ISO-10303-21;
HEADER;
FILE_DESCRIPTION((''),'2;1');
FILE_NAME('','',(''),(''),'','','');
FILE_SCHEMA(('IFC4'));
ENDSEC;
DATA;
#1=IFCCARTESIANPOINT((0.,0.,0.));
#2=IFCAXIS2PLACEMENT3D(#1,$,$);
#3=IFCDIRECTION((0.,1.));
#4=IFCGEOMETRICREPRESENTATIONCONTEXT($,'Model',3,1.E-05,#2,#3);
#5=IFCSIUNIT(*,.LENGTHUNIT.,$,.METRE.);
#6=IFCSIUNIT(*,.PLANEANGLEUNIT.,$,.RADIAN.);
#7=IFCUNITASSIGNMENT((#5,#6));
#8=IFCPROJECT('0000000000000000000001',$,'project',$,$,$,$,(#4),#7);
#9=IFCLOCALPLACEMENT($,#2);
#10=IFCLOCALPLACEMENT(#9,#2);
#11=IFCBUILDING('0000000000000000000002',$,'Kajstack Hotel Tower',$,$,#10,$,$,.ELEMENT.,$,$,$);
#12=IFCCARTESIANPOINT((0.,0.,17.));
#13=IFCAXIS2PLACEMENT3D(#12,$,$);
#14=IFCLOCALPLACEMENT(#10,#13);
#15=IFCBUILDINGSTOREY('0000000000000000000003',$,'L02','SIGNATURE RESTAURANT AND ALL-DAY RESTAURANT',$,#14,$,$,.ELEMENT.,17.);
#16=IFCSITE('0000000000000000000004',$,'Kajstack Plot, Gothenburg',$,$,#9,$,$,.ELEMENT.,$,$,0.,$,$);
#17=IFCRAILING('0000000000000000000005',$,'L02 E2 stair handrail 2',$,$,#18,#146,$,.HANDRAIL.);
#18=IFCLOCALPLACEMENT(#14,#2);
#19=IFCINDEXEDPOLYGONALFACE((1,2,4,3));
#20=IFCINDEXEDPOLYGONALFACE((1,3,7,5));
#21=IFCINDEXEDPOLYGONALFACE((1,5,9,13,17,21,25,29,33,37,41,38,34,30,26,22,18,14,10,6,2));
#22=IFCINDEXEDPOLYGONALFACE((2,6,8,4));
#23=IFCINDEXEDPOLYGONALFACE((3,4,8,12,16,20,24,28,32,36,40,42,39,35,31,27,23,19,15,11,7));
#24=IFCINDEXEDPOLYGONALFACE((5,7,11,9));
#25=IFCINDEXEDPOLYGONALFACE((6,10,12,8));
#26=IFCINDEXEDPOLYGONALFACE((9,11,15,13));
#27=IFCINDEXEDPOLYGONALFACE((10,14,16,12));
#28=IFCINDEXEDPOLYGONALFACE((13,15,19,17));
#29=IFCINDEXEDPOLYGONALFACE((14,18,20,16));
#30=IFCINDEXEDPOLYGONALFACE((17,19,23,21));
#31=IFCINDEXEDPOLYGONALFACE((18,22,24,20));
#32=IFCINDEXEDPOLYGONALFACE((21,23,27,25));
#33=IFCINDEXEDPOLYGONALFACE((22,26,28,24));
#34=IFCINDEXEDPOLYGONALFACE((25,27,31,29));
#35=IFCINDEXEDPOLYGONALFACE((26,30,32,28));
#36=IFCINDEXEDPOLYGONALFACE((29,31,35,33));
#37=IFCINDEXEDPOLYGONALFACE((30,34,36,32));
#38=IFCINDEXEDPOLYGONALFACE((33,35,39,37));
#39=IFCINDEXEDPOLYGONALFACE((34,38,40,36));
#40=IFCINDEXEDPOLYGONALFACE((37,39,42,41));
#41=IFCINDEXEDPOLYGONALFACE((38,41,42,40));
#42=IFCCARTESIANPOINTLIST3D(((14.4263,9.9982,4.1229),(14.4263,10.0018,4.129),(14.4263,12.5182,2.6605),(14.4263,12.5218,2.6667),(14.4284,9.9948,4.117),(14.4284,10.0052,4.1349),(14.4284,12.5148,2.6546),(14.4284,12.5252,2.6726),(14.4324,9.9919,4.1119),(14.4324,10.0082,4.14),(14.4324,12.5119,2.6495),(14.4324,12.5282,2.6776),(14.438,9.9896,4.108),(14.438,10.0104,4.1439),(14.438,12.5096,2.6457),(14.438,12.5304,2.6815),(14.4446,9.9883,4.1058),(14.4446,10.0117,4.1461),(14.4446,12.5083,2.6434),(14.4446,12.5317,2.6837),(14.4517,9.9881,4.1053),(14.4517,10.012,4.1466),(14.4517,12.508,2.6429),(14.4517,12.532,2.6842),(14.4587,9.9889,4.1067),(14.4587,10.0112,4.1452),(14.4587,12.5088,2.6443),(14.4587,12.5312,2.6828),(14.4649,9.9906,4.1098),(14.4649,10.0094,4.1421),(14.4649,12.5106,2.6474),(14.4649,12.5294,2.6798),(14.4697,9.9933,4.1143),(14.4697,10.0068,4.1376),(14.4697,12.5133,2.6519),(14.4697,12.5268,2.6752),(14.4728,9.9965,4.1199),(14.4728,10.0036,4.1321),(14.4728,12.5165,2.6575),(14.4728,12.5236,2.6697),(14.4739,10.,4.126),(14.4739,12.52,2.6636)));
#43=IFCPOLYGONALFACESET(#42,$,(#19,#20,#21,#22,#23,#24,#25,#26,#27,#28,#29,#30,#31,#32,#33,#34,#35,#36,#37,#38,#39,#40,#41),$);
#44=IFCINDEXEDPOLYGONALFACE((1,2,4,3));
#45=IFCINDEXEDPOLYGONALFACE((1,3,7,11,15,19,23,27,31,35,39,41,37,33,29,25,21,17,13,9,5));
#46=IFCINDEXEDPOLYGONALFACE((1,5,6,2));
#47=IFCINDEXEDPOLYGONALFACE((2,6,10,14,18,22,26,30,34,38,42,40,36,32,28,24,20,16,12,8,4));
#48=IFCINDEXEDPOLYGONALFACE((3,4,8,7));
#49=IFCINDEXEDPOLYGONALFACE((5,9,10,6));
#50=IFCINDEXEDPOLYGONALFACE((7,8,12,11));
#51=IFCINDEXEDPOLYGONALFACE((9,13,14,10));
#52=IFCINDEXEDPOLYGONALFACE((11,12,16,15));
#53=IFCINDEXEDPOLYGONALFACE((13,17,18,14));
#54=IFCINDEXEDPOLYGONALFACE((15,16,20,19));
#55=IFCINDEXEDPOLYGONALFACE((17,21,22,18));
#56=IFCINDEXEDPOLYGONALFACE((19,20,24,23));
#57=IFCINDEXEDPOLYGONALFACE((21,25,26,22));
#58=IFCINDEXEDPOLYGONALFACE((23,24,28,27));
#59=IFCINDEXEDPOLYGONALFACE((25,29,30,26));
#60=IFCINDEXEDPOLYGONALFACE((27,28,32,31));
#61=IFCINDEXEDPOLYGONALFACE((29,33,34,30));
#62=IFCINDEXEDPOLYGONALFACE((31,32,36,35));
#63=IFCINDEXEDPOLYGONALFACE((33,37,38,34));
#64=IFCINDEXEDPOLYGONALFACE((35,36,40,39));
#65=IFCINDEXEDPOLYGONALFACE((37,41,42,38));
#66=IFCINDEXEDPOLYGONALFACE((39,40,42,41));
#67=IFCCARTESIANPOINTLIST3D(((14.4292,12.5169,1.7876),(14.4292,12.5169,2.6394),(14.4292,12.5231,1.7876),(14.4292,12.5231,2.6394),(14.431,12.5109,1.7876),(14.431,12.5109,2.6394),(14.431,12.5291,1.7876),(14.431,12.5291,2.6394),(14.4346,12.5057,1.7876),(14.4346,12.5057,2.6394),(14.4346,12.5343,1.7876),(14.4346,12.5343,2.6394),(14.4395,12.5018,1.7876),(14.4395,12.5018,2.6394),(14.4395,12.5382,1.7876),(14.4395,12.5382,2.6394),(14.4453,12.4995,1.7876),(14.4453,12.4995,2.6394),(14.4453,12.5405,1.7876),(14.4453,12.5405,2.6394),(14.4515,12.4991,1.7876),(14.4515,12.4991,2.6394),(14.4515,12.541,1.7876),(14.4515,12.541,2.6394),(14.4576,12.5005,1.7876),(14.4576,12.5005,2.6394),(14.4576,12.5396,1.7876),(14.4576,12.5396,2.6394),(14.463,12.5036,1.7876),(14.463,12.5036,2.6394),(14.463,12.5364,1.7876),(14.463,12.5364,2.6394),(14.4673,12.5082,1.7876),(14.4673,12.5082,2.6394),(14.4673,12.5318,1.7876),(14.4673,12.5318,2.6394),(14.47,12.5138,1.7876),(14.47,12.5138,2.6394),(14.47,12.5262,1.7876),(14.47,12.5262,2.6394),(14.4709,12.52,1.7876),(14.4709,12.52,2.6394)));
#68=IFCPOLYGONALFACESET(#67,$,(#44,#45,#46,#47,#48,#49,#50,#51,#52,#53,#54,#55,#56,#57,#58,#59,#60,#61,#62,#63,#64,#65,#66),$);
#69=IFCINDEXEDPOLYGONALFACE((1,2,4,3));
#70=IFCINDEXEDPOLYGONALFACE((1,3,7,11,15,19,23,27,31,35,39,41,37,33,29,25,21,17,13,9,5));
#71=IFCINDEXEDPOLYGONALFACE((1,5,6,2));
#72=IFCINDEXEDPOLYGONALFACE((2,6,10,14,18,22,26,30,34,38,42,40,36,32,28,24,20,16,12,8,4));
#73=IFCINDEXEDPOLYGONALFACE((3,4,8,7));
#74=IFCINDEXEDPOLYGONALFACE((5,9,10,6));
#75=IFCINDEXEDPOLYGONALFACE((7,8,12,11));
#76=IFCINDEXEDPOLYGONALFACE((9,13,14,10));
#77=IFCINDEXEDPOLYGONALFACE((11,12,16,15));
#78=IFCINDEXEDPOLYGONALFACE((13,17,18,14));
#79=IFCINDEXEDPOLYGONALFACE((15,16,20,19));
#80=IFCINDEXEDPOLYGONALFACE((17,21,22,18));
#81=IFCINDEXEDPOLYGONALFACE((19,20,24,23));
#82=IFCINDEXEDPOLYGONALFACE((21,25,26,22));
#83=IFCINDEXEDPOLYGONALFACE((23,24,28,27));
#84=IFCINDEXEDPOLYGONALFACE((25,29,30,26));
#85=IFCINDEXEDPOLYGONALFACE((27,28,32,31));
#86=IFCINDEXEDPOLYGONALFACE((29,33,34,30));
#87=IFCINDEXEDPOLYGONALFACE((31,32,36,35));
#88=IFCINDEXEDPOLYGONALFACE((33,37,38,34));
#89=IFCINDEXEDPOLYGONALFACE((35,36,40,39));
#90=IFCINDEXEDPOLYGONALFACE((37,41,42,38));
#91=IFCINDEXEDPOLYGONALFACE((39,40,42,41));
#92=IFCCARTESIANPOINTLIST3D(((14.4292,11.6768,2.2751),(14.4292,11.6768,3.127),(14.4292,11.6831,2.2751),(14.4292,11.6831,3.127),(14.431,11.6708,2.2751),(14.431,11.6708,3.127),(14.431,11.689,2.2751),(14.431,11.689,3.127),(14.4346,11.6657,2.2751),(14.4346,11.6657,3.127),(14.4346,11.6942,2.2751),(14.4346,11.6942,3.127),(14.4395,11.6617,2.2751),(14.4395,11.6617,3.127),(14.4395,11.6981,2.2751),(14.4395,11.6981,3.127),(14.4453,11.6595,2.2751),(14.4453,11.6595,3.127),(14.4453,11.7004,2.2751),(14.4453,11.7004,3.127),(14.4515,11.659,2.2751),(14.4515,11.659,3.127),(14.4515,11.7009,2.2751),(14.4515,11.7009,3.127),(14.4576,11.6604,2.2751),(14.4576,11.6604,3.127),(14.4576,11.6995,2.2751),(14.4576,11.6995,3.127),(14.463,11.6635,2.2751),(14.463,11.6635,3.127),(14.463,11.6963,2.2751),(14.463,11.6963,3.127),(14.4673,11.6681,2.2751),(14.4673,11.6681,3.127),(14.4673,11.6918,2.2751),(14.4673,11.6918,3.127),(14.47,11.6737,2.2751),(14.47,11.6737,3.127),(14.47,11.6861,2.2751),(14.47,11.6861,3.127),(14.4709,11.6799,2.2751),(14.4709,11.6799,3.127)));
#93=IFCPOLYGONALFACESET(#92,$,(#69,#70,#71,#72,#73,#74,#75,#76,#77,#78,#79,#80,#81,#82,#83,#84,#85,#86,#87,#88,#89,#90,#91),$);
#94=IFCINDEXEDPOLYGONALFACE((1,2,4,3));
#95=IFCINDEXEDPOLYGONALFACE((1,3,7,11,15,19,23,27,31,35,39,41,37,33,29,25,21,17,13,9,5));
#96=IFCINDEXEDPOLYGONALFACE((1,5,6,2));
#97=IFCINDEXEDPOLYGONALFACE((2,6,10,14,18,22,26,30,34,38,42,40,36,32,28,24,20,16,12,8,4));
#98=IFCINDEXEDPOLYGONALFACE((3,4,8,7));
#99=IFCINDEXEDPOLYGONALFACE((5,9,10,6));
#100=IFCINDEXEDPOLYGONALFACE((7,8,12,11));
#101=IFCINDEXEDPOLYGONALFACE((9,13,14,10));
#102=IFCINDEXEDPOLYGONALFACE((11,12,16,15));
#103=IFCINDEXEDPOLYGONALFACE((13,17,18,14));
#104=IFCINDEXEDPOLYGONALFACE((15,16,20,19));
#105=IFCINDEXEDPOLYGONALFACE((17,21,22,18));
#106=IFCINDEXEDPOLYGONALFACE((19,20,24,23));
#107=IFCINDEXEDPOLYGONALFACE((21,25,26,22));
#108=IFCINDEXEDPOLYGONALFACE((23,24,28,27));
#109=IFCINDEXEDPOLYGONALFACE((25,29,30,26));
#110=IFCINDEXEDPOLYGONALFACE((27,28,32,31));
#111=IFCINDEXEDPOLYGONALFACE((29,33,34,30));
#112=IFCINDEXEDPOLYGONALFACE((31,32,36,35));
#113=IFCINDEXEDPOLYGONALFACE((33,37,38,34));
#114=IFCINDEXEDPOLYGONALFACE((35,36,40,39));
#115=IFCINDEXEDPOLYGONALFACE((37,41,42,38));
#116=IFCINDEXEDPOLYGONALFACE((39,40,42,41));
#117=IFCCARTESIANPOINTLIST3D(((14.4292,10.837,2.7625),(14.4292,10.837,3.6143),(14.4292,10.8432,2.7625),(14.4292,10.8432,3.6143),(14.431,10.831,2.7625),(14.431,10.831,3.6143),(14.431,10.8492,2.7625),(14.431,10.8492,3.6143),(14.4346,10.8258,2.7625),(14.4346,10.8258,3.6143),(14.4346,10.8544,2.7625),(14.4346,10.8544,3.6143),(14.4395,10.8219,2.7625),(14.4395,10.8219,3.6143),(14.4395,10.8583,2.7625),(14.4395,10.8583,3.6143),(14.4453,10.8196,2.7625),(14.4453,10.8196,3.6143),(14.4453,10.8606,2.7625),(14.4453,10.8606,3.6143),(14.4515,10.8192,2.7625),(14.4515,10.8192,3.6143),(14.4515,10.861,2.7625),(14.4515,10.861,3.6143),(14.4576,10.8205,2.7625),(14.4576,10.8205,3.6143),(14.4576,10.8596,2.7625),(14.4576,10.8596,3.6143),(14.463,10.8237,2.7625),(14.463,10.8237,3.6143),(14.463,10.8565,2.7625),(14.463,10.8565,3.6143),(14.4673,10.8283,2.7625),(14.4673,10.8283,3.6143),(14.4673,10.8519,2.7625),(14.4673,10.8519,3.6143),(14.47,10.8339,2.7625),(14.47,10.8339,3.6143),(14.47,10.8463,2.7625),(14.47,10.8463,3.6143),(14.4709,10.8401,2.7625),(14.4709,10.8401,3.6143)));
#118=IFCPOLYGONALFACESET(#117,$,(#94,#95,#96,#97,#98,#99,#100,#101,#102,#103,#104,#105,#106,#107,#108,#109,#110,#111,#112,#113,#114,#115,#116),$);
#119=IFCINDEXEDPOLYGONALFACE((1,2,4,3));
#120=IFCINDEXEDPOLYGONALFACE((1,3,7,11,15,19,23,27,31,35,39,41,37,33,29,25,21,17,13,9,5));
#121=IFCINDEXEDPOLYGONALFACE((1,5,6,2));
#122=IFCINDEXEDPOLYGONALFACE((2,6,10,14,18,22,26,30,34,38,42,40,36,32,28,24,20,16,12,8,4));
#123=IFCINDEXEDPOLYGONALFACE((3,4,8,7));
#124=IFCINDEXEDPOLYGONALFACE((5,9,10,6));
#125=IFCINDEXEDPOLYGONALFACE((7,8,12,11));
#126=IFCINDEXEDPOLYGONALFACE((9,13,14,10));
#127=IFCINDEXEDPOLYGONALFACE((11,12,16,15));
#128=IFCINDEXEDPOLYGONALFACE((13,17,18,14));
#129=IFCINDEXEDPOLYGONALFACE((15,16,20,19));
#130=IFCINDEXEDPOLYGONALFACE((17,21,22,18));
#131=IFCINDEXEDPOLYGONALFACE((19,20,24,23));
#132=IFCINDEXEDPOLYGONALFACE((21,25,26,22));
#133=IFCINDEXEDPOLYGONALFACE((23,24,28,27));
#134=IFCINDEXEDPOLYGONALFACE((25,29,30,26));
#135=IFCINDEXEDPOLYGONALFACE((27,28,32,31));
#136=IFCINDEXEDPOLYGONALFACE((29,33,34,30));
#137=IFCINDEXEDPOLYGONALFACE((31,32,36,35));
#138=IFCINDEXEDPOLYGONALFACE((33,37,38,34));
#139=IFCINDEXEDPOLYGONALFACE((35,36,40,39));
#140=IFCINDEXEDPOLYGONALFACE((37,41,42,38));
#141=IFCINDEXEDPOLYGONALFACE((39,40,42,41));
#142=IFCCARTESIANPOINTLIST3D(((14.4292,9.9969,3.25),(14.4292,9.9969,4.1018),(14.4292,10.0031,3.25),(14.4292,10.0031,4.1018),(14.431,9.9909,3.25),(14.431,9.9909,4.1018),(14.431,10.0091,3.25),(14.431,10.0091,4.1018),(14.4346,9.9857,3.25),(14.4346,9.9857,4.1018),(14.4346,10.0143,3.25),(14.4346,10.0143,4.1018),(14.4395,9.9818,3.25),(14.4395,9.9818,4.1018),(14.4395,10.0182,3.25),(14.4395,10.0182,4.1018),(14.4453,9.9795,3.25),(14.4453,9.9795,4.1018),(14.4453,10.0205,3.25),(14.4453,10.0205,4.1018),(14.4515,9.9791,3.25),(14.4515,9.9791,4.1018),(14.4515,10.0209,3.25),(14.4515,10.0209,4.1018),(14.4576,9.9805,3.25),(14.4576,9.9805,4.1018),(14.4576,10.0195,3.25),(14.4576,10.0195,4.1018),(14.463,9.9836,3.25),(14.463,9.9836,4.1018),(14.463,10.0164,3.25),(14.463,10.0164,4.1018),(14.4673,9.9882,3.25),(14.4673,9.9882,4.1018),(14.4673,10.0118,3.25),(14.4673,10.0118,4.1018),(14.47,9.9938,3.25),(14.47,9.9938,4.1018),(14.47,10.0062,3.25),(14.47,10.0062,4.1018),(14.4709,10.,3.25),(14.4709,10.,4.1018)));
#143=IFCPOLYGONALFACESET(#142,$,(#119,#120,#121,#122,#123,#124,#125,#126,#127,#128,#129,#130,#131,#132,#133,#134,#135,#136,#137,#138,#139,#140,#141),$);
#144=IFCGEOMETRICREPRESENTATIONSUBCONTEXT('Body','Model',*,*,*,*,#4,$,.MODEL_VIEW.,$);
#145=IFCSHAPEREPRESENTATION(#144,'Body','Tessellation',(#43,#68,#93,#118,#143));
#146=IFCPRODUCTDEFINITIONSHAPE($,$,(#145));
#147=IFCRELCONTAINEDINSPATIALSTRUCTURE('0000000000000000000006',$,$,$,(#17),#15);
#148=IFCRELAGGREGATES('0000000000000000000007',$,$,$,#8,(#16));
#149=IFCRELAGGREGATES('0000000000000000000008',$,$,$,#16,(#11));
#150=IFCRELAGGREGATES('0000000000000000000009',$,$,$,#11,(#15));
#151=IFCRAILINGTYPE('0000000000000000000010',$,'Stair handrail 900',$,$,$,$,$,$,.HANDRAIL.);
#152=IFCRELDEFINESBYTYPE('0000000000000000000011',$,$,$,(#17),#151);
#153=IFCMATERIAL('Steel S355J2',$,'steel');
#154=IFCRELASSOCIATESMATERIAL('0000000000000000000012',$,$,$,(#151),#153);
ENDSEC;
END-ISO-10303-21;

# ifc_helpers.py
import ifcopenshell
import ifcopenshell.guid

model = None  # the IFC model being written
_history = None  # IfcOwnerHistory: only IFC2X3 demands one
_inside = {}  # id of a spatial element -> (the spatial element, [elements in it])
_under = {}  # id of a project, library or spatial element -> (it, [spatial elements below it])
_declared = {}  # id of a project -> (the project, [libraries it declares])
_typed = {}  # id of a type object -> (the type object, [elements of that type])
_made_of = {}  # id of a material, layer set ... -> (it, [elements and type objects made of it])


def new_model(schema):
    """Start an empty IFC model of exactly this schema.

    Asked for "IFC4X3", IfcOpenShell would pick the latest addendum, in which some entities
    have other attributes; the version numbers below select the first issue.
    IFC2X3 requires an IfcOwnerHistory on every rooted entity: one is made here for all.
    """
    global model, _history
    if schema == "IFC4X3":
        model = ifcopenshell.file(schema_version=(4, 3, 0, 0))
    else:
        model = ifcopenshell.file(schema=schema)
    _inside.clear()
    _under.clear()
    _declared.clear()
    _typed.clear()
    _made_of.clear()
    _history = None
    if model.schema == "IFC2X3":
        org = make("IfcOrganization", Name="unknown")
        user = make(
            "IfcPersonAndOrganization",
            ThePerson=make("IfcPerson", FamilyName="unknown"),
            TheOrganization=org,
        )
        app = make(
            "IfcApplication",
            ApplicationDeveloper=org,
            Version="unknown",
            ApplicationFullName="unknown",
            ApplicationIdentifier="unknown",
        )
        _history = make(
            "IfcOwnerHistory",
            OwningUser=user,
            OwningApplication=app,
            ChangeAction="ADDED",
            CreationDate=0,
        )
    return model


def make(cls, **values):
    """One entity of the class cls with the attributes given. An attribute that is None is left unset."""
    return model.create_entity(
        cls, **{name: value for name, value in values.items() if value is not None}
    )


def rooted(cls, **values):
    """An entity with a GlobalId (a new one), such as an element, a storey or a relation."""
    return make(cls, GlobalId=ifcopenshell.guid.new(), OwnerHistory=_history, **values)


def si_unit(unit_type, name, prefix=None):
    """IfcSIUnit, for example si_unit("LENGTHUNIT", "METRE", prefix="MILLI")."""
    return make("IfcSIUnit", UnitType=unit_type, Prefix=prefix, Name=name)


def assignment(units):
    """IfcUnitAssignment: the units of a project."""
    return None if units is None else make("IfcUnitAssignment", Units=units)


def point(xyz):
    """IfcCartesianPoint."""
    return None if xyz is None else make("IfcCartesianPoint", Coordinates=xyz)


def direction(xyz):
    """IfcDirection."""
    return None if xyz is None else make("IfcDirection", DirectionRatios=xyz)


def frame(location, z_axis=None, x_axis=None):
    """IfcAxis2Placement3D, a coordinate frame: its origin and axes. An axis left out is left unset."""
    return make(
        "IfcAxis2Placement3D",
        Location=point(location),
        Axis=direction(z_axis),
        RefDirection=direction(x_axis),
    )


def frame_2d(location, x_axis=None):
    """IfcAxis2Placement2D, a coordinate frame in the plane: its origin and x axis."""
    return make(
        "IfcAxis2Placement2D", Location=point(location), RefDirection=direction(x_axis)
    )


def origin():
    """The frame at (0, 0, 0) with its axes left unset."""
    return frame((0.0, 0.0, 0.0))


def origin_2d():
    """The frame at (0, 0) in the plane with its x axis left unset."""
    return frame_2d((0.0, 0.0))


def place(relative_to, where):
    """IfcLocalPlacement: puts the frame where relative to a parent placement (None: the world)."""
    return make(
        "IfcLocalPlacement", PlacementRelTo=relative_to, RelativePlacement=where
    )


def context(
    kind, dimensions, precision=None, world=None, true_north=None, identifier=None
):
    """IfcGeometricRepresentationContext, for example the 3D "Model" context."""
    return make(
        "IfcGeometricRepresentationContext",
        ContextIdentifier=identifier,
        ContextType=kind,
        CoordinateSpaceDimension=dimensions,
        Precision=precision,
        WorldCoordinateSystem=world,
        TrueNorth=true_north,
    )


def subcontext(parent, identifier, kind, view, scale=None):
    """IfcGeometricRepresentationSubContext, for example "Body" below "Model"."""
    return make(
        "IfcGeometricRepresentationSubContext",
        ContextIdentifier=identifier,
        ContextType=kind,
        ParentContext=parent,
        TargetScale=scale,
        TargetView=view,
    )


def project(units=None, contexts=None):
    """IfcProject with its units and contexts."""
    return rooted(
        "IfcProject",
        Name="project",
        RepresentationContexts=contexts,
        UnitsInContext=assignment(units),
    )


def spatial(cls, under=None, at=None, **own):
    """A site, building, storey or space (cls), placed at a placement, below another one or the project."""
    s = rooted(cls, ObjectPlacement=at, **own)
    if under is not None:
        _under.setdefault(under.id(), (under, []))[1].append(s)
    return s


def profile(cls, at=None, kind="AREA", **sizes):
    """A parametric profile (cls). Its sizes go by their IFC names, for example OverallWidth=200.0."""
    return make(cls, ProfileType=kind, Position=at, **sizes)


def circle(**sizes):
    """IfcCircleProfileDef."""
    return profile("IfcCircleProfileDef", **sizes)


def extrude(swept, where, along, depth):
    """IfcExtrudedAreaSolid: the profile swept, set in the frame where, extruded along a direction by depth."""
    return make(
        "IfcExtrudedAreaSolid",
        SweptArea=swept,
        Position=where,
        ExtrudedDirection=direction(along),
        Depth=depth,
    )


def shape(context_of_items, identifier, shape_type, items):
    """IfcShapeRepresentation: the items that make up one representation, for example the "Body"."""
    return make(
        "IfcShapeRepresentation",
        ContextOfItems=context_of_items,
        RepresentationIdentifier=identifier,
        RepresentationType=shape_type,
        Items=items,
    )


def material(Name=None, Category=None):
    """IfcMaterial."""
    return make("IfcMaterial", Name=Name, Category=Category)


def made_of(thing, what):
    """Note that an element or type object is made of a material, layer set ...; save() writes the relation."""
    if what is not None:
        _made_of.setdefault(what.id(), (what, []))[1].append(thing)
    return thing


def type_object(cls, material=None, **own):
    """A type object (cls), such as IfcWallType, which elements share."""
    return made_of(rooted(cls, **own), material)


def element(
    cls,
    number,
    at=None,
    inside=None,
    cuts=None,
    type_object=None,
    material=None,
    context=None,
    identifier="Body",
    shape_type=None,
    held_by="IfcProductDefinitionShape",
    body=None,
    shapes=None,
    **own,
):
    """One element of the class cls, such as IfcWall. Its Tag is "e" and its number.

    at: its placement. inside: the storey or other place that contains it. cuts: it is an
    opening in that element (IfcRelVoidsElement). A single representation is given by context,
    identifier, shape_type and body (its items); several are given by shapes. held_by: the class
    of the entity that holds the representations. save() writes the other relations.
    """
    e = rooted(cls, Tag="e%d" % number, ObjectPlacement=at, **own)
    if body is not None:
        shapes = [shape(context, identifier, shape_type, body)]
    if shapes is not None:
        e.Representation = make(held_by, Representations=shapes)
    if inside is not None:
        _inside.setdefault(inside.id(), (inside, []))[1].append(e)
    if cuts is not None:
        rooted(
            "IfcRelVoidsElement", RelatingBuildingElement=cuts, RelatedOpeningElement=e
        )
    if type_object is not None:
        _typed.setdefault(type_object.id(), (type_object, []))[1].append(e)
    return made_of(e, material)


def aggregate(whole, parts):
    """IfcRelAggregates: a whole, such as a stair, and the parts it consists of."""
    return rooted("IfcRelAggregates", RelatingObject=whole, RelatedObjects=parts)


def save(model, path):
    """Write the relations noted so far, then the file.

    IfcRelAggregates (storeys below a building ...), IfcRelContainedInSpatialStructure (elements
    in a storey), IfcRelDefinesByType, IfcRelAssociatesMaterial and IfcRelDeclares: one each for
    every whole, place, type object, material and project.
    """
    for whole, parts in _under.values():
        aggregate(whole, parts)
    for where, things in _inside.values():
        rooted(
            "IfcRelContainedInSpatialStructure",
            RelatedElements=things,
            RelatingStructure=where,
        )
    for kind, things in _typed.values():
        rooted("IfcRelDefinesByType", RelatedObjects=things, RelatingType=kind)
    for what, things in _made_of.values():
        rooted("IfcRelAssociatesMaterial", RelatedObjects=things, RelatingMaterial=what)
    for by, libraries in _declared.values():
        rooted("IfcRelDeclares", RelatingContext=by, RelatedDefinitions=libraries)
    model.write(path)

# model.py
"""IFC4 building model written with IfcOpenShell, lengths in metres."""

from ifc_helpers import new_model, si_unit, direction, frame, origin, origin_2d, place, context, subcontext, project, spatial, circle, extrude, material, type_object, element, save


model = new_model("IFC4")

# Units and contexts
model_context = context("Model", 3, precision=1e-05, world=origin(), true_north=direction((0.0, 1.0)))
body_context = subcontext(model_context, "Body", "Model", "MODEL_VIEW")
ifc_project = project(units=[si_unit("LENGTHUNIT", "METRE"), si_unit("PLANEANGLEUNIT", "RADIAN")], contexts=[model_context])

# Site, building, storey
site_placement = place(None, origin())
site = spatial("IfcSite", under=ifc_project, at=site_placement, Name="Kajstack Plot, Gothenburg", CompositionType="ELEMENT", RefElevation=0.0)
building_placement = place(site_placement, origin())
building = spatial("IfcBuilding", under=site, at=building_placement, Name="Kajstack Hotel Tower", CompositionType="ELEMENT")
storey_placement = place(building_placement, frame((0.0, 0.0, 17.0)))
storey = spatial("IfcBuildingStorey", under=building, at=storey_placement, Name="L02", Description="SIGNATURE RESTAURANT AND ALL-DAY RESTAURANT", CompositionType="ELEMENT", Elevation=17.0)

# Railing
ifc_material_1 = material(Name="Steel S355J2", Category="steel")
railing_type_1 = type_object("IfcRailingType", Name="Stair handrail 900", PredefinedType="HANDRAIL", material=ifc_material_1)
railing_1_placement = place(storey_placement, frame((14.45, 12.52, 1.7876)))
element("IfcRailing", 1, at=railing_1_placement, inside=storey, type_object=railing_type_1, Name="L02 E2 stair handrail 2", PredefinedType="HANDRAIL", context=body_context, shape_type="SweptSolid", body=[
    extrude(circle(Radius=0.0239, at=origin_2d()), frame((0.0, 0.0, 0.876), z_axis=(0.0, -0.864913, 0.501921), x_axis=(1.0, 0.0, 0.0)), (0.0, 0.0, 1.0), 2.9136),
    extrude(circle(Radius=0.021, at=origin_2d()), origin(), (0.0, 0.0, 1.0), 0.8518),
    extrude(circle(Radius=0.021, at=origin_2d()), frame((0.0, -0.8401, 0.4875)), (0.0, 0.0, 1.0), 0.8518),
    extrude(circle(Radius=0.021, at=origin_2d()), frame((0.0, -1.6799, 0.9749)), (0.0, 0.0, 1.0), 0.8518),
    extrude(circle(Radius=0.021, at=origin_2d()), frame((0.0, -2.52, 1.4624)), (0.0, 0.0, 1.0), 0.8518),
])

save(model, "model.ifc")
